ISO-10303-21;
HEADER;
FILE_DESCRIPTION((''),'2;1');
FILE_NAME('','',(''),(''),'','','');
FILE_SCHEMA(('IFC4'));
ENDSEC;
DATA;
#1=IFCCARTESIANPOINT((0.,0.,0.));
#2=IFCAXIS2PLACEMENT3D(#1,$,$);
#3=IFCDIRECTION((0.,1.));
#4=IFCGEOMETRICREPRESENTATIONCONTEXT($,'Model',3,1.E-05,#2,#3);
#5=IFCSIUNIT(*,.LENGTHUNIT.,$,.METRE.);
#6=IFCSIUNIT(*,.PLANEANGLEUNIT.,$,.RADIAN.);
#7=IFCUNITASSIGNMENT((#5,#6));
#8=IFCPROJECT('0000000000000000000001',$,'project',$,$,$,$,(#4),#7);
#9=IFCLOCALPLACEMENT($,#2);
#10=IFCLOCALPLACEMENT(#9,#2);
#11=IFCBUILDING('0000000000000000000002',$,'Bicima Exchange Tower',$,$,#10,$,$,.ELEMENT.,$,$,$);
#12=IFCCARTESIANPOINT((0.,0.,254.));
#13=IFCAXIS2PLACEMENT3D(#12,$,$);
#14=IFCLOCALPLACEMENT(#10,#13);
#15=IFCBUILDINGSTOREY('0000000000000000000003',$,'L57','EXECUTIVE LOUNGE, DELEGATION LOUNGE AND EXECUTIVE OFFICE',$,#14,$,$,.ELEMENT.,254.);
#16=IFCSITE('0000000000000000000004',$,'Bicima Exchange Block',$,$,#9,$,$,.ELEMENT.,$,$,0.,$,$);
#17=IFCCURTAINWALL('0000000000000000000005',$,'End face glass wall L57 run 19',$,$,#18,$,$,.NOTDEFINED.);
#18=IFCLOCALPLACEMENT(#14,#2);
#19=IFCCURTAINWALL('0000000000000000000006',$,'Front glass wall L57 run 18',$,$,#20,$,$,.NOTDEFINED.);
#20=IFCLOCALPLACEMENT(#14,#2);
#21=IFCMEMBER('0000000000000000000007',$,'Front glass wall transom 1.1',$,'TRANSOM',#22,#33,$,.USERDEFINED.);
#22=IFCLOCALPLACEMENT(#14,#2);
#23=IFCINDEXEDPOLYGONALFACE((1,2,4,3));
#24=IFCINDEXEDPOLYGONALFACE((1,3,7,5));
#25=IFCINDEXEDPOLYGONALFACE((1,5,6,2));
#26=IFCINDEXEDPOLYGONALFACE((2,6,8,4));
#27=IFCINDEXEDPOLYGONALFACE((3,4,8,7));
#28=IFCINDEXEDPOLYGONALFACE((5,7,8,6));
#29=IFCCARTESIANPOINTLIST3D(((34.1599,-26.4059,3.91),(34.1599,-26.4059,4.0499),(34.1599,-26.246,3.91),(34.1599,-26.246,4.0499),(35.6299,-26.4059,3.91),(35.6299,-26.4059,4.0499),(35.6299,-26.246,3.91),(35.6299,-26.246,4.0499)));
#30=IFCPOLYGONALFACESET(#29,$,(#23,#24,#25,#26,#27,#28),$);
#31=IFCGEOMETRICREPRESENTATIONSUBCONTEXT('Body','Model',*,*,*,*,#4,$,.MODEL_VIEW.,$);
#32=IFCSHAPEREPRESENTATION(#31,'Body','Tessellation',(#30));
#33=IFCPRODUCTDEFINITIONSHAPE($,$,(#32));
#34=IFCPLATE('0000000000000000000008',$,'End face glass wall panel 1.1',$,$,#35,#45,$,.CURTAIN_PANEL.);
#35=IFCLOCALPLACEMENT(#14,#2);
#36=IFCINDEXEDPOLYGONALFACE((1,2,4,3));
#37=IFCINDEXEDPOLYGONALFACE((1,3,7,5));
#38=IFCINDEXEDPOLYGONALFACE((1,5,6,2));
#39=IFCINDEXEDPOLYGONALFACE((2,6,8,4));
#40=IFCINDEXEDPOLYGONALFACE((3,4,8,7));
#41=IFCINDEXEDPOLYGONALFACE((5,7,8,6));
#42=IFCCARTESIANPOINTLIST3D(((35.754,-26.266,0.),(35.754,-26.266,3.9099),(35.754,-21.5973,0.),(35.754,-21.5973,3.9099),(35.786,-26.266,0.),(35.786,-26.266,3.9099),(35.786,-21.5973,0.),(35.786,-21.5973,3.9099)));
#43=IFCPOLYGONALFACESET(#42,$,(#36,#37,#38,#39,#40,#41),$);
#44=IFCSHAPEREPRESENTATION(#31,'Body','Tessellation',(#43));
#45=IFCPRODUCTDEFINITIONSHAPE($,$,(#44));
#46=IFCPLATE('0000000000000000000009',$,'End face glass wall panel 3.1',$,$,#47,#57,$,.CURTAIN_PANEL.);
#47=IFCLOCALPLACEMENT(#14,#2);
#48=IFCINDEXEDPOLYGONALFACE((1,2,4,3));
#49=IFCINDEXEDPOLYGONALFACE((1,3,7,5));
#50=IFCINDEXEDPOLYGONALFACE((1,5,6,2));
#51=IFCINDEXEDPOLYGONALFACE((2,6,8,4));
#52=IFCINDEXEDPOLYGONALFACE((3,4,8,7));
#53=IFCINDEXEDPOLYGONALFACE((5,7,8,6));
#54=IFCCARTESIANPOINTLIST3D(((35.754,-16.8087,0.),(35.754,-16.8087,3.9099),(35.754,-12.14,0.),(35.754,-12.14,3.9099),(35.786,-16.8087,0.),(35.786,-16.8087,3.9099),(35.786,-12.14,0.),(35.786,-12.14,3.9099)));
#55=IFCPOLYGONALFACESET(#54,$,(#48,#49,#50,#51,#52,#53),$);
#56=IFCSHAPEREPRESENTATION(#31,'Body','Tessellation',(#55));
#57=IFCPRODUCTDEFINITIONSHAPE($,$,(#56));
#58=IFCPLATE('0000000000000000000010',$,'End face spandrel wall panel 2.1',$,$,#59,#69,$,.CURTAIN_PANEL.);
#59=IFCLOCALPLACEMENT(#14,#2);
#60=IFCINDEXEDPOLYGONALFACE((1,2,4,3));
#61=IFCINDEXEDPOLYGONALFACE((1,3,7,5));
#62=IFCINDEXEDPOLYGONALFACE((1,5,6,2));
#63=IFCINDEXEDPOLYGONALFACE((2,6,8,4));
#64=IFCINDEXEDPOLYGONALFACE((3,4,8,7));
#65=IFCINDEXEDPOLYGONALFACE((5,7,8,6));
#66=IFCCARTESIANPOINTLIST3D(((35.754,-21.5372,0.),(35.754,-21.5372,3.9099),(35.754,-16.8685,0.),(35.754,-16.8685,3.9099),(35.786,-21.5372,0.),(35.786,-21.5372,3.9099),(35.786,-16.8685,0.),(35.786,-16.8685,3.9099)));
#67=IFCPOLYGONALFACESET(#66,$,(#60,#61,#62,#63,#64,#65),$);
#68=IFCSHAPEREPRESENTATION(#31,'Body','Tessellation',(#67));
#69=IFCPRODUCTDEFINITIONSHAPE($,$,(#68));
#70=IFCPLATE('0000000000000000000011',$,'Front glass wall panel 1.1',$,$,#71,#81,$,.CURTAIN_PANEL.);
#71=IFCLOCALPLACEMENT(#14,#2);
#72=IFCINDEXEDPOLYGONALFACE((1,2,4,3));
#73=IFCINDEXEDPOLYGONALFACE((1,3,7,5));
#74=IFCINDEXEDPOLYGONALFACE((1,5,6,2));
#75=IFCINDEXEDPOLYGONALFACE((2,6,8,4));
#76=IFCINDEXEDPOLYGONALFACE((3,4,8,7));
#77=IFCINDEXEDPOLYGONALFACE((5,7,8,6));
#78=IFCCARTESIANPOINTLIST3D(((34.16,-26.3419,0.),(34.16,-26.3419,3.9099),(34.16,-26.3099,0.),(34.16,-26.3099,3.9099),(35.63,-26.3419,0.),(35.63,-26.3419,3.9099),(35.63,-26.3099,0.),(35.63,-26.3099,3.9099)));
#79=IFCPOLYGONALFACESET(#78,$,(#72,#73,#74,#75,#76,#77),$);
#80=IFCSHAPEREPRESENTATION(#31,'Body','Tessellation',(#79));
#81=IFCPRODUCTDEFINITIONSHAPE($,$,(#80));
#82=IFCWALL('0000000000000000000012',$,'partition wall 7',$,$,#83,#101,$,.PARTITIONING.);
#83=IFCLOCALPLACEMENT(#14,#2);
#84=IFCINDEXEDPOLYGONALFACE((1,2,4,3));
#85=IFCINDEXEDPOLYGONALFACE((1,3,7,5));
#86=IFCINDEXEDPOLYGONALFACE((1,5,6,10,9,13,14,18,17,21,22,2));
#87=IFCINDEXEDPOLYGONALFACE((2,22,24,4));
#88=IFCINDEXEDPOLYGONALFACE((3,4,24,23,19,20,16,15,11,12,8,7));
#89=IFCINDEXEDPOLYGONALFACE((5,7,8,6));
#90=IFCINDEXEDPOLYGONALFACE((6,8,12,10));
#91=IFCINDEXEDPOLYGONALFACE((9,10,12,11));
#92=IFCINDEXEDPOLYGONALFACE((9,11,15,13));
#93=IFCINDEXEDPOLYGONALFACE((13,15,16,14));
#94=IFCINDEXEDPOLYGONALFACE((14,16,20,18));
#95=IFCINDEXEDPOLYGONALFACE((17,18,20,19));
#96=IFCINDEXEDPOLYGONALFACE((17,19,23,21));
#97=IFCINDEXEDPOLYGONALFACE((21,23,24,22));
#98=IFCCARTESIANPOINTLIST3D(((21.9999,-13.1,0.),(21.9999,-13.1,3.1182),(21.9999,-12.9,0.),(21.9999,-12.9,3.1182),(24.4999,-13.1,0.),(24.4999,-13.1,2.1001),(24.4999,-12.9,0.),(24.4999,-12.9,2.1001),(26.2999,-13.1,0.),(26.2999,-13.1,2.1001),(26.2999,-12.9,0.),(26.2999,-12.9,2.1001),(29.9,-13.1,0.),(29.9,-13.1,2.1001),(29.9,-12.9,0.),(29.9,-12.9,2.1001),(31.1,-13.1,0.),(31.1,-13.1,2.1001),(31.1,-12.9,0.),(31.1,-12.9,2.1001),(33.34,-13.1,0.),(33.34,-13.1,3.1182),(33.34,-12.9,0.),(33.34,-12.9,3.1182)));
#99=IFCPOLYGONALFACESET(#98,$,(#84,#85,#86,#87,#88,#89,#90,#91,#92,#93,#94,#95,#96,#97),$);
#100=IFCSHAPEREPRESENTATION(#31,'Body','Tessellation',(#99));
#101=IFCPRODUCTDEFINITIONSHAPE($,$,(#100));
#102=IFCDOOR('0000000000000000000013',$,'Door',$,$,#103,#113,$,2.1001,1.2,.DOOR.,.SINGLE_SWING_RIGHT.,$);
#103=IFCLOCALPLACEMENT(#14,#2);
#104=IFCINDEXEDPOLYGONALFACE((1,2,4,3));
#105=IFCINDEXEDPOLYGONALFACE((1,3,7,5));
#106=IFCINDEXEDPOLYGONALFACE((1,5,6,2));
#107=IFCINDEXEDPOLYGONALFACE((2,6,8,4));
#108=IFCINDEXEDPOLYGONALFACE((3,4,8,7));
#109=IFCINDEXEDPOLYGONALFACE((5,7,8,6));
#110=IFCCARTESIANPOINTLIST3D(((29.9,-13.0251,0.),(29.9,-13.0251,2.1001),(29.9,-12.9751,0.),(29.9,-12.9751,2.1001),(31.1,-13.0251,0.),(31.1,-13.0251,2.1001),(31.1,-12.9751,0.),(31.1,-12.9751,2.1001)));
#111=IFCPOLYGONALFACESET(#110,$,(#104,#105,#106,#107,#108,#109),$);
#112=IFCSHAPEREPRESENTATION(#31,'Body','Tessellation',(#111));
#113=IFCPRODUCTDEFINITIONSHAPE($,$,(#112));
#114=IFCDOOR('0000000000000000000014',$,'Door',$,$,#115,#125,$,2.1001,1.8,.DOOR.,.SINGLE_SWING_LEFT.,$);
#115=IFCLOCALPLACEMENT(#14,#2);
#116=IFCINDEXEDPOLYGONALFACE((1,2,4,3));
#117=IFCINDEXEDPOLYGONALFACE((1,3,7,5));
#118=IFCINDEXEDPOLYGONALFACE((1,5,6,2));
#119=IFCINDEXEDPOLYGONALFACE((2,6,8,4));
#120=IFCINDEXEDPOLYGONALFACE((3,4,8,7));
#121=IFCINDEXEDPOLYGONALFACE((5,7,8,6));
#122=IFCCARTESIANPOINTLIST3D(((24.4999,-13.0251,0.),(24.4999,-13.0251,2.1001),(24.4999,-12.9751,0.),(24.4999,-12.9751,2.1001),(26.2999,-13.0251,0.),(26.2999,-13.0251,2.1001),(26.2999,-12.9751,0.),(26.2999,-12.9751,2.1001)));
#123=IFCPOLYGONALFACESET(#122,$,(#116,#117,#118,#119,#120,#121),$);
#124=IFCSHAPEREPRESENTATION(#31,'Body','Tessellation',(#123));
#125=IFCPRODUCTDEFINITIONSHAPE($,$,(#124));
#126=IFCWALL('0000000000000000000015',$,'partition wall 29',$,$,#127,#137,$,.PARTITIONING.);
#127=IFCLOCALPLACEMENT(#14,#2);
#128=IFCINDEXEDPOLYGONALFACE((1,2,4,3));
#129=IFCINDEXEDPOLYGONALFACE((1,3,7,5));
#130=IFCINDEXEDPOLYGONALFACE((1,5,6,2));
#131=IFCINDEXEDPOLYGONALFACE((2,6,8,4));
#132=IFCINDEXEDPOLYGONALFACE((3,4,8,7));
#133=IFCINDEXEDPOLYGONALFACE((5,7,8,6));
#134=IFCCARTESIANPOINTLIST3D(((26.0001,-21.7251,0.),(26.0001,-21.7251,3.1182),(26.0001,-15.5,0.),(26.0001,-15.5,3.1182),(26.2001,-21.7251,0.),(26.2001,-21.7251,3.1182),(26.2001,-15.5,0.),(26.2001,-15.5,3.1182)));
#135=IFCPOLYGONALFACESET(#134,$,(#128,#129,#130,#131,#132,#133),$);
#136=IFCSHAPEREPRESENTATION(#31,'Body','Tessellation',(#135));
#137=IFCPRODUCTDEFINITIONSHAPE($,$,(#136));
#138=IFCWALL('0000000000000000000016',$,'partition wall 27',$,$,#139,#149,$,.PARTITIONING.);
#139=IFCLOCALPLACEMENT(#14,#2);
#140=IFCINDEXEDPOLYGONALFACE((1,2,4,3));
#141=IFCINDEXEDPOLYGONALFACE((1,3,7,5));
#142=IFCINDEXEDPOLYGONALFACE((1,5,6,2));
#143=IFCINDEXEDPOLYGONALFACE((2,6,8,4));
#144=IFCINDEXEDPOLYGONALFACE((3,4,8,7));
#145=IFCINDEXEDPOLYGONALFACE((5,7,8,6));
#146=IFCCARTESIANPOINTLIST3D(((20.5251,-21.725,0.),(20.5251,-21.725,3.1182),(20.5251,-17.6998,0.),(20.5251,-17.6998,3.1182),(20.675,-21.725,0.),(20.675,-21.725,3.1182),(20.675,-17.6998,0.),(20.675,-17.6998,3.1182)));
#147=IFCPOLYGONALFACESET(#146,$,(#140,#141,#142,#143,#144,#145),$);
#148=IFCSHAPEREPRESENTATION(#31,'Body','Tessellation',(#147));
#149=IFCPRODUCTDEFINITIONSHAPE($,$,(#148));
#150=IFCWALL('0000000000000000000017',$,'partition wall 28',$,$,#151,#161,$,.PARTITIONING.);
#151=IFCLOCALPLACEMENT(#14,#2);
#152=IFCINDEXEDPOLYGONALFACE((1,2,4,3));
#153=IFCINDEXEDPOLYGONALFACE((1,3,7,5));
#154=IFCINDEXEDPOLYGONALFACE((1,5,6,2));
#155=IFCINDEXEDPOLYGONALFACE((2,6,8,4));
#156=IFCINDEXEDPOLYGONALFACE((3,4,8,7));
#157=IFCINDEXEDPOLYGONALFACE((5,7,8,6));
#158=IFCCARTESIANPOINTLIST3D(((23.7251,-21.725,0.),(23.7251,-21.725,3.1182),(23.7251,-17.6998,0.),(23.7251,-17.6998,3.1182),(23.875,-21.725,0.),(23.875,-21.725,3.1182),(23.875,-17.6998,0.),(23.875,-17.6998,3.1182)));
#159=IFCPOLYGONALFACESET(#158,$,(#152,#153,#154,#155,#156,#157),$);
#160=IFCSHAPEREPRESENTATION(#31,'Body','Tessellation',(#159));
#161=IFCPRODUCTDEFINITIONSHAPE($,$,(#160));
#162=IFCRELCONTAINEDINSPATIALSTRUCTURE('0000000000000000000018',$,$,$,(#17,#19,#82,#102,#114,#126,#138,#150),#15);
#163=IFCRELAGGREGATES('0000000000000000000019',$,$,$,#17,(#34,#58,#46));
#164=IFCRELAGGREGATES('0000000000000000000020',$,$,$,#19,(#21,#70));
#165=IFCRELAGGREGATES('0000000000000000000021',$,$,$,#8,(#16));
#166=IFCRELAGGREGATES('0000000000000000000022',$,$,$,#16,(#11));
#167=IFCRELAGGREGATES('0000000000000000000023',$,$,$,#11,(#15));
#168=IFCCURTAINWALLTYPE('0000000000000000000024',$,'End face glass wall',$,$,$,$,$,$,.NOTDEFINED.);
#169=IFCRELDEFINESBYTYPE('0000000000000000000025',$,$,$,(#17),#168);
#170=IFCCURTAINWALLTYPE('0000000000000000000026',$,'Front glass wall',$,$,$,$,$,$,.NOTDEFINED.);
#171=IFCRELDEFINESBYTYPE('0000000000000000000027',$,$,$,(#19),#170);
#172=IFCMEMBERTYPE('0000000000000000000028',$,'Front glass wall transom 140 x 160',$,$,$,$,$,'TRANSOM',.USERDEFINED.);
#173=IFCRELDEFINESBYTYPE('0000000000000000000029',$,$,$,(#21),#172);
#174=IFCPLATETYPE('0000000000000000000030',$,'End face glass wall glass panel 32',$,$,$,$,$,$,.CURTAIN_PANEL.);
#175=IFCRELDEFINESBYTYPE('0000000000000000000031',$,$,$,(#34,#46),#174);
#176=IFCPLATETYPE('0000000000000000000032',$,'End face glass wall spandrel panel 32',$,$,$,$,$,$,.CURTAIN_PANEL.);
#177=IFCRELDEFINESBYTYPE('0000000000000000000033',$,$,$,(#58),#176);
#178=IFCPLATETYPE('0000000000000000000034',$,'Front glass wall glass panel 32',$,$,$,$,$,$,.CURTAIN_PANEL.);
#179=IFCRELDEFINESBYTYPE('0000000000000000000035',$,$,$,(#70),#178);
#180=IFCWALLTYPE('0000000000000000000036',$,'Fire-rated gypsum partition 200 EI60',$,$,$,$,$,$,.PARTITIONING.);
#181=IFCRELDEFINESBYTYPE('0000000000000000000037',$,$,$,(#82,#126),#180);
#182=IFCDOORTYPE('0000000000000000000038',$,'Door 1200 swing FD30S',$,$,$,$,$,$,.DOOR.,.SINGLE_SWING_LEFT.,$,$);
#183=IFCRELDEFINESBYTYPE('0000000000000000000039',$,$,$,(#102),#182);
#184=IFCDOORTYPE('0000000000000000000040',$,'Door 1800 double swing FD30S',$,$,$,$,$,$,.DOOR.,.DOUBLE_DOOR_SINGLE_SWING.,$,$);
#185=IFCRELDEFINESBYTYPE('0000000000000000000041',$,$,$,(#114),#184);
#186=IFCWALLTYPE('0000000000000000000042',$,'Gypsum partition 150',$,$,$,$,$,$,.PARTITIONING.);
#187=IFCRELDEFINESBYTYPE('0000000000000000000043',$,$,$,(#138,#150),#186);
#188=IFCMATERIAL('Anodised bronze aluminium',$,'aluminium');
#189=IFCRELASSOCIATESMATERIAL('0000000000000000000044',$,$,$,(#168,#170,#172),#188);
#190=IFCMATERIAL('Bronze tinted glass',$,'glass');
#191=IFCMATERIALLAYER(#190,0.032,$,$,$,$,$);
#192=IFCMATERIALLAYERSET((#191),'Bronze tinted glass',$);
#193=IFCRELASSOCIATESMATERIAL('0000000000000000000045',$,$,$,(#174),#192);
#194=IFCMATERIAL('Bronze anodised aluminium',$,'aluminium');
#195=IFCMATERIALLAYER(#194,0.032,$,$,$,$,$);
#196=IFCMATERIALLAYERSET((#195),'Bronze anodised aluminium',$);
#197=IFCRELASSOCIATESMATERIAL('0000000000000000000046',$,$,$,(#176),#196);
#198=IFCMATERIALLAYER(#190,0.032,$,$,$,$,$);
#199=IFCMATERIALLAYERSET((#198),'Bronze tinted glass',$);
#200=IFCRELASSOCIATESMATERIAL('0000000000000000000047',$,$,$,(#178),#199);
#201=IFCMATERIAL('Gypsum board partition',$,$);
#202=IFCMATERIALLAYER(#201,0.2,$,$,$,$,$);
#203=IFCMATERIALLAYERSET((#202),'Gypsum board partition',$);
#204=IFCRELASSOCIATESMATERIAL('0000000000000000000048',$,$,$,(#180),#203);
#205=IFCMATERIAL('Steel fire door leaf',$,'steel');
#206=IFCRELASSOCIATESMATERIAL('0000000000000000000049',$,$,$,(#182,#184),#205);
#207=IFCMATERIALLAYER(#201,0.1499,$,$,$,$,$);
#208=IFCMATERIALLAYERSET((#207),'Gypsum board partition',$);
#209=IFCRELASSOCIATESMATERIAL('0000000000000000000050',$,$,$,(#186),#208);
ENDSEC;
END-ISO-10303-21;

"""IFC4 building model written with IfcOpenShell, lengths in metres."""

from ifc_helpers import new_model, si_unit, direction, frame, frame_2d, origin, origin_2d, place, context, subcontext, project, spatial, rectangle, extrude, material, layer, layer_set, material_profile, profile_set, type_object, element, fill, aggregate, save


model = new_model("IFC4")

# Units and contexts
model_context = context("Model", 3, precision=1e-05, world=origin(), true_north=direction((0.0, 1.0)))
body_context = subcontext(model_context, "Body", "Model", "MODEL_VIEW")
ifc_project = project(units=[si_unit("LENGTHUNIT", "METRE"), si_unit("PLANEANGLEUNIT", "RADIAN")], contexts=[model_context])

# Site, building, storey
site_placement = place(None, origin())
site = spatial("IfcSite", under=ifc_project, at=site_placement, Name="Bicima Exchange Block", CompositionType="ELEMENT", RefElevation=0.0)
building_placement = place(site_placement, origin())
building = spatial("IfcBuilding", under=site, at=building_placement, Name="Bicima Exchange Tower", CompositionType="ELEMENT")
storey_placement = place(building_placement, frame((0.0, 0.0, 254.0)))
storey = spatial("IfcBuildingStorey", under=building, at=storey_placement, Name="L57", Description="EXECUTIVE LOUNGE, DELEGATION LOUNGE AND EXECUTIVE OFFICE", CompositionType="ELEMENT", Elevation=254.0)

# Curtain wall
ifc_material_1 = material(Name="Anodised bronze aluminium", Category="aluminium")
curtain_wall_type_1 = type_object("IfcCurtainWallType", Name="End face glass wall", PredefinedType="NOTDEFINED", material=ifc_material_1)
curtain_wall_1_placement = place(storey_placement, origin())
curtain_wall_1 = element("IfcCurtainWall", 1, at=curtain_wall_1_placement, inside=storey, type_object=curtain_wall_type_1, Name="End face glass wall L57 run 19", PredefinedType="NOTDEFINED")
ifc_material_profile_1 = material_profile(ifc_material_1, rectangle(XDim=0.1599, YDim=0.1399, at=origin_2d()))
ifc_profile_set_1 = profile_set([ifc_material_profile_1], Name="Anodised bronze aluminium")

# Curtain wall, member
curtain_wall_type_2 = type_object("IfcCurtainWallType", Name="Front glass wall", PredefinedType="NOTDEFINED", material=ifc_material_1)
curtain_wall_2_placement = place(storey_placement, origin())
curtain_wall_2 = element("IfcCurtainWall", 2, at=curtain_wall_2_placement, inside=storey, type_object=curtain_wall_type_2, Name="Front glass wall L57 run 18", PredefinedType="NOTDEFINED")
member_type_1 = type_object("IfcMemberType", Name="Front glass wall transom 140 x 160", ElementType="TRANSOM", PredefinedType="USERDEFINED", material=ifc_profile_set_1)
member_1_placement = place(storey_placement, frame((34.1599, -26.3259, 3.98), z_axis=(1.0, 0.0, 0.0), x_axis=(0.0, 1.0, 0.0)))
member_1 = element("IfcMember", 3, at=member_1_placement, type_object=member_type_1, Name="Front glass wall transom 1.1", ObjectType="TRANSOM", PredefinedType="USERDEFINED", context=body_context, shape_type="SweptSolid", body=[
    extrude(rectangle(XDim=0.1599, YDim=0.1399, at=origin_2d()), origin(), (0.0, 0.0, 1.0), 1.47),
])

# Plates
ifc_material_2 = material(Name="Bronze tinted glass", Category="glass")
ifc_layer_1 = layer(ifc_material_2, 0.032)
ifc_layer_set_1 = layer_set([ifc_layer_1], Name="Bronze tinted glass")
plate_type_1 = type_object("IfcPlateType", Name="End face glass wall glass panel 32", PredefinedType="CURTAIN_PANEL", material=ifc_layer_set_1)
plate_1_placement = place(storey_placement, frame((35.77, -23.9316, 0.0), z_axis=(0.0, 0.0, 1.0), x_axis=(0.0, 1.0, 0.0)))
plate_1 = element("IfcPlate", 4, at=plate_1_placement, type_object=plate_type_1, Name="End face glass wall panel 1.1", PredefinedType="CURTAIN_PANEL", context=body_context, shape_type="SweptSolid", body=[
    extrude(rectangle(XDim=4.6687, YDim=0.032, at=origin_2d()), origin(), (0.0, 0.0, 1.0), 3.9099),
])
plate_2_placement = place(storey_placement, frame((35.77, -14.4744, 0.0), z_axis=(0.0, 0.0, 1.0), x_axis=(0.0, 1.0, 0.0)))
plate_2 = element("IfcPlate", 5, at=plate_2_placement, type_object=plate_type_1, Name="End face glass wall panel 3.1", PredefinedType="CURTAIN_PANEL", context=body_context, shape_type="SweptSolid", body=[
    extrude(rectangle(XDim=4.6687, YDim=0.032, at=origin_2d()), origin(), (0.0, 0.0, 1.0), 3.9099),
])
ifc_material_3 = material(Name="Bronze anodised aluminium", Category="aluminium")
ifc_layer_2 = layer(ifc_material_3, 0.032)
ifc_layer_set_2 = layer_set([ifc_layer_2], Name="Bronze anodised aluminium")
plate_type_2 = type_object("IfcPlateType", Name="End face glass wall spandrel panel 32", PredefinedType="CURTAIN_PANEL", material=ifc_layer_set_2)
plate_3_placement = place(storey_placement, frame((35.77, -19.2029, 0.0), z_axis=(0.0, 0.0, 1.0), x_axis=(0.0, 1.0, 0.0)))
plate_3 = element("IfcPlate", 6, at=plate_3_placement, type_object=plate_type_2, Name="End face spandrel wall panel 2.1", PredefinedType="CURTAIN_PANEL", context=body_context, shape_type="SweptSolid", body=[
    extrude(rectangle(XDim=4.6687, YDim=0.032, at=origin_2d()), origin(), (0.0, 0.0, 1.0), 3.9099),
])
aggregate(curtain_wall_1, [plate_1, plate_3, plate_2])
ifc_layer_3 = layer(ifc_material_2, 0.032)
ifc_layer_set_3 = layer_set([ifc_layer_3], Name="Bronze tinted glass")
plate_type_3 = type_object("IfcPlateType", Name="Front glass wall glass panel 32", PredefinedType="CURTAIN_PANEL", material=ifc_layer_set_3)
plate_4_placement = place(storey_placement, frame((34.895, -26.3259, 0.0), z_axis=(0.0, 0.0, 1.0), x_axis=(1.0, 0.0, 0.0)))
plate_4 = element("IfcPlate", 7, at=plate_4_placement, type_object=plate_type_3, Name="Front glass wall panel 1.1", PredefinedType="CURTAIN_PANEL", context=body_context, shape_type="SweptSolid", body=[
    extrude(rectangle(XDim=1.47, YDim=0.032, at=origin_2d()), origin(), (0.0, 0.0, 1.0), 3.9099),
])
aggregate(curtain_wall_2, [member_1, plate_4])

# Wall, openings, doors
ifc_material_4 = material(Name="Gypsum board partition")
ifc_layer_4 = layer(ifc_material_4, 0.2)
ifc_layer_set_4 = layer_set([ifc_layer_4], Name="Gypsum board partition")
wall_type_1 = type_object("IfcWallType", Name="Fire-rated gypsum partition 200 EI60", PredefinedType="PARTITIONING", material=ifc_layer_set_4)
wall_1_placement = place(storey_placement, frame((22.0, -13.0, 0.0), z_axis=(0.0, 0.0, 1.0), x_axis=(1.0, 0.0, 0.0)))
wall_1 = element("IfcWall", 8, at=wall_1_placement, inside=storey, type_object=wall_type_1, Name="partition wall 7", PredefinedType="PARTITIONING", context=body_context, shape_type="SweptSolid", body=[
    extrude(rectangle(XDim=11.3401, YDim=0.2, at=frame_2d((5.6699, 0.0))), origin(), (0.0, 0.0, 1.0), 3.1182),
])
opening_1_placement = place(wall_1_placement, frame((7.8999, 0.0, 0.0)))
opening_1 = element("IfcOpeningElement", 9, at=opening_1_placement, cuts=wall_1, PredefinedType="OPENING", context=body_context, shape_type="SweptSolid", body=[
    extrude(rectangle(XDim=1.2, YDim=2.1001, at=frame_2d((0.6001, 1.05))), frame((0.0, 0.1118, 0.0), z_axis=(0.0, -1.0, 0.0), x_axis=(1.0, 0.0, 0.0)), (0.0, 0.0, 1.0), 0.2239),
])
opening_2_placement = place(wall_1_placement, frame((2.5, 0.0, 0.0)))
opening_2 = element("IfcOpeningElement", 10, at=opening_2_placement, cuts=wall_1, PredefinedType="OPENING", context=body_context, shape_type="SweptSolid", body=[
    extrude(rectangle(XDim=1.8, YDim=2.1001, at=frame_2d((0.8999, 1.05))), frame((0.0, 0.1118, 0.0), z_axis=(0.0, -1.0, 0.0), x_axis=(1.0, 0.0, 0.0)), (0.0, 0.0, 1.0), 0.2239),
])
ifc_material_5 = material(Name="Steel fire door leaf", Category="steel")
door_type_1 = type_object("IfcDoorType", Name="Door 1200 swing FD30S", OperationType="SINGLE_SWING_LEFT", PredefinedType="DOOR", material=ifc_material_5)
door_1_placement = place(opening_1_placement, origin())
door_1 = element("IfcDoor", 11, at=door_1_placement, inside=storey, type_object=door_type_1, Name="Door", OperationType="SINGLE_SWING_RIGHT", OverallHeight=2.1001, OverallWidth=1.2, PredefinedType="DOOR", context=body_context, shape_type="SweptSolid", body=[
    extrude(rectangle(XDim=1.2, YDim=2.1001, at=frame_2d((0.6001, 1.05))), frame((0.0, 0.0249, 0.0), z_axis=(0.0, -1.0, 0.0), x_axis=(1.0, 0.0, 0.0)), (0.0, 0.0, 1.0), 0.05),
])
fill(opening_1, door_1)
door_type_2 = type_object("IfcDoorType", Name="Door 1800 double swing FD30S", OperationType="DOUBLE_DOOR_SINGLE_SWING", PredefinedType="DOOR", material=ifc_material_5)
door_2_placement = place(opening_2_placement, origin())
door_2 = element("IfcDoor", 12, at=door_2_placement, inside=storey, type_object=door_type_2, Name="Door", OperationType="SINGLE_SWING_LEFT", OverallHeight=2.1001, OverallWidth=1.8, PredefinedType="DOOR", context=body_context, shape_type="SweptSolid", body=[
    extrude(rectangle(XDim=1.8, YDim=2.1001, at=frame_2d((0.8999, 1.05))), frame((0.0, 0.0249, 0.0), z_axis=(0.0, -1.0, 0.0), x_axis=(1.0, 0.0, 0.0)), (0.0, 0.0, 1.0), 0.05),
])
fill(opening_2, door_2)

# Walls
wall_2_placement = place(storey_placement, frame((26.1001, -21.7251, 0.0), z_axis=(0.0, 0.0, 1.0), x_axis=(0.0, 1.0, 0.0)))
element("IfcWall", 13, at=wall_2_placement, inside=storey, type_object=wall_type_1, Name="partition wall 29", PredefinedType="PARTITIONING", context=body_context, shape_type="SweptSolid", body=[
    extrude(rectangle(XDim=6.2251, YDim=0.2, at=frame_2d((3.1125, 0.0))), origin(), (0.0, 0.0, 1.0), 3.1182),
])
ifc_layer_5 = layer(ifc_material_4, 0.1499)
ifc_layer_set_5 = layer_set([ifc_layer_5], Name="Gypsum board partition")
wall_type_2 = type_object("IfcWallType", Name="Gypsum partition 150", PredefinedType="PARTITIONING", material=ifc_layer_set_5)
for number, where, z_axis, x_axis, name in (
    (14, (20.6001, -21.7251, 0.0), (0.0, 0.0, 1.0), (0.0, 1.0, 0.0), "partition wall 27"),
    (15, (23.8, -21.7251, 0.0), (0.0, 0.0, 1.0), (0.0, 1.0, 0.0), "partition wall 28"),
):
    element("IfcWall", number, at=place(storey_placement, frame(where, z_axis=z_axis, x_axis=x_axis)), inside=storey, type_object=wall_type_2, Name=name, PredefinedType="PARTITIONING", context=body_context, shape_type="SweptSolid", body=[
        extrude(rectangle(XDim=4.0251, YDim=0.1499, at=frame_2d((2.0127, 0.0))), origin(), (0.0, 0.0, 1.0), 3.1182),
    ])

save(model, "model.ifc")
